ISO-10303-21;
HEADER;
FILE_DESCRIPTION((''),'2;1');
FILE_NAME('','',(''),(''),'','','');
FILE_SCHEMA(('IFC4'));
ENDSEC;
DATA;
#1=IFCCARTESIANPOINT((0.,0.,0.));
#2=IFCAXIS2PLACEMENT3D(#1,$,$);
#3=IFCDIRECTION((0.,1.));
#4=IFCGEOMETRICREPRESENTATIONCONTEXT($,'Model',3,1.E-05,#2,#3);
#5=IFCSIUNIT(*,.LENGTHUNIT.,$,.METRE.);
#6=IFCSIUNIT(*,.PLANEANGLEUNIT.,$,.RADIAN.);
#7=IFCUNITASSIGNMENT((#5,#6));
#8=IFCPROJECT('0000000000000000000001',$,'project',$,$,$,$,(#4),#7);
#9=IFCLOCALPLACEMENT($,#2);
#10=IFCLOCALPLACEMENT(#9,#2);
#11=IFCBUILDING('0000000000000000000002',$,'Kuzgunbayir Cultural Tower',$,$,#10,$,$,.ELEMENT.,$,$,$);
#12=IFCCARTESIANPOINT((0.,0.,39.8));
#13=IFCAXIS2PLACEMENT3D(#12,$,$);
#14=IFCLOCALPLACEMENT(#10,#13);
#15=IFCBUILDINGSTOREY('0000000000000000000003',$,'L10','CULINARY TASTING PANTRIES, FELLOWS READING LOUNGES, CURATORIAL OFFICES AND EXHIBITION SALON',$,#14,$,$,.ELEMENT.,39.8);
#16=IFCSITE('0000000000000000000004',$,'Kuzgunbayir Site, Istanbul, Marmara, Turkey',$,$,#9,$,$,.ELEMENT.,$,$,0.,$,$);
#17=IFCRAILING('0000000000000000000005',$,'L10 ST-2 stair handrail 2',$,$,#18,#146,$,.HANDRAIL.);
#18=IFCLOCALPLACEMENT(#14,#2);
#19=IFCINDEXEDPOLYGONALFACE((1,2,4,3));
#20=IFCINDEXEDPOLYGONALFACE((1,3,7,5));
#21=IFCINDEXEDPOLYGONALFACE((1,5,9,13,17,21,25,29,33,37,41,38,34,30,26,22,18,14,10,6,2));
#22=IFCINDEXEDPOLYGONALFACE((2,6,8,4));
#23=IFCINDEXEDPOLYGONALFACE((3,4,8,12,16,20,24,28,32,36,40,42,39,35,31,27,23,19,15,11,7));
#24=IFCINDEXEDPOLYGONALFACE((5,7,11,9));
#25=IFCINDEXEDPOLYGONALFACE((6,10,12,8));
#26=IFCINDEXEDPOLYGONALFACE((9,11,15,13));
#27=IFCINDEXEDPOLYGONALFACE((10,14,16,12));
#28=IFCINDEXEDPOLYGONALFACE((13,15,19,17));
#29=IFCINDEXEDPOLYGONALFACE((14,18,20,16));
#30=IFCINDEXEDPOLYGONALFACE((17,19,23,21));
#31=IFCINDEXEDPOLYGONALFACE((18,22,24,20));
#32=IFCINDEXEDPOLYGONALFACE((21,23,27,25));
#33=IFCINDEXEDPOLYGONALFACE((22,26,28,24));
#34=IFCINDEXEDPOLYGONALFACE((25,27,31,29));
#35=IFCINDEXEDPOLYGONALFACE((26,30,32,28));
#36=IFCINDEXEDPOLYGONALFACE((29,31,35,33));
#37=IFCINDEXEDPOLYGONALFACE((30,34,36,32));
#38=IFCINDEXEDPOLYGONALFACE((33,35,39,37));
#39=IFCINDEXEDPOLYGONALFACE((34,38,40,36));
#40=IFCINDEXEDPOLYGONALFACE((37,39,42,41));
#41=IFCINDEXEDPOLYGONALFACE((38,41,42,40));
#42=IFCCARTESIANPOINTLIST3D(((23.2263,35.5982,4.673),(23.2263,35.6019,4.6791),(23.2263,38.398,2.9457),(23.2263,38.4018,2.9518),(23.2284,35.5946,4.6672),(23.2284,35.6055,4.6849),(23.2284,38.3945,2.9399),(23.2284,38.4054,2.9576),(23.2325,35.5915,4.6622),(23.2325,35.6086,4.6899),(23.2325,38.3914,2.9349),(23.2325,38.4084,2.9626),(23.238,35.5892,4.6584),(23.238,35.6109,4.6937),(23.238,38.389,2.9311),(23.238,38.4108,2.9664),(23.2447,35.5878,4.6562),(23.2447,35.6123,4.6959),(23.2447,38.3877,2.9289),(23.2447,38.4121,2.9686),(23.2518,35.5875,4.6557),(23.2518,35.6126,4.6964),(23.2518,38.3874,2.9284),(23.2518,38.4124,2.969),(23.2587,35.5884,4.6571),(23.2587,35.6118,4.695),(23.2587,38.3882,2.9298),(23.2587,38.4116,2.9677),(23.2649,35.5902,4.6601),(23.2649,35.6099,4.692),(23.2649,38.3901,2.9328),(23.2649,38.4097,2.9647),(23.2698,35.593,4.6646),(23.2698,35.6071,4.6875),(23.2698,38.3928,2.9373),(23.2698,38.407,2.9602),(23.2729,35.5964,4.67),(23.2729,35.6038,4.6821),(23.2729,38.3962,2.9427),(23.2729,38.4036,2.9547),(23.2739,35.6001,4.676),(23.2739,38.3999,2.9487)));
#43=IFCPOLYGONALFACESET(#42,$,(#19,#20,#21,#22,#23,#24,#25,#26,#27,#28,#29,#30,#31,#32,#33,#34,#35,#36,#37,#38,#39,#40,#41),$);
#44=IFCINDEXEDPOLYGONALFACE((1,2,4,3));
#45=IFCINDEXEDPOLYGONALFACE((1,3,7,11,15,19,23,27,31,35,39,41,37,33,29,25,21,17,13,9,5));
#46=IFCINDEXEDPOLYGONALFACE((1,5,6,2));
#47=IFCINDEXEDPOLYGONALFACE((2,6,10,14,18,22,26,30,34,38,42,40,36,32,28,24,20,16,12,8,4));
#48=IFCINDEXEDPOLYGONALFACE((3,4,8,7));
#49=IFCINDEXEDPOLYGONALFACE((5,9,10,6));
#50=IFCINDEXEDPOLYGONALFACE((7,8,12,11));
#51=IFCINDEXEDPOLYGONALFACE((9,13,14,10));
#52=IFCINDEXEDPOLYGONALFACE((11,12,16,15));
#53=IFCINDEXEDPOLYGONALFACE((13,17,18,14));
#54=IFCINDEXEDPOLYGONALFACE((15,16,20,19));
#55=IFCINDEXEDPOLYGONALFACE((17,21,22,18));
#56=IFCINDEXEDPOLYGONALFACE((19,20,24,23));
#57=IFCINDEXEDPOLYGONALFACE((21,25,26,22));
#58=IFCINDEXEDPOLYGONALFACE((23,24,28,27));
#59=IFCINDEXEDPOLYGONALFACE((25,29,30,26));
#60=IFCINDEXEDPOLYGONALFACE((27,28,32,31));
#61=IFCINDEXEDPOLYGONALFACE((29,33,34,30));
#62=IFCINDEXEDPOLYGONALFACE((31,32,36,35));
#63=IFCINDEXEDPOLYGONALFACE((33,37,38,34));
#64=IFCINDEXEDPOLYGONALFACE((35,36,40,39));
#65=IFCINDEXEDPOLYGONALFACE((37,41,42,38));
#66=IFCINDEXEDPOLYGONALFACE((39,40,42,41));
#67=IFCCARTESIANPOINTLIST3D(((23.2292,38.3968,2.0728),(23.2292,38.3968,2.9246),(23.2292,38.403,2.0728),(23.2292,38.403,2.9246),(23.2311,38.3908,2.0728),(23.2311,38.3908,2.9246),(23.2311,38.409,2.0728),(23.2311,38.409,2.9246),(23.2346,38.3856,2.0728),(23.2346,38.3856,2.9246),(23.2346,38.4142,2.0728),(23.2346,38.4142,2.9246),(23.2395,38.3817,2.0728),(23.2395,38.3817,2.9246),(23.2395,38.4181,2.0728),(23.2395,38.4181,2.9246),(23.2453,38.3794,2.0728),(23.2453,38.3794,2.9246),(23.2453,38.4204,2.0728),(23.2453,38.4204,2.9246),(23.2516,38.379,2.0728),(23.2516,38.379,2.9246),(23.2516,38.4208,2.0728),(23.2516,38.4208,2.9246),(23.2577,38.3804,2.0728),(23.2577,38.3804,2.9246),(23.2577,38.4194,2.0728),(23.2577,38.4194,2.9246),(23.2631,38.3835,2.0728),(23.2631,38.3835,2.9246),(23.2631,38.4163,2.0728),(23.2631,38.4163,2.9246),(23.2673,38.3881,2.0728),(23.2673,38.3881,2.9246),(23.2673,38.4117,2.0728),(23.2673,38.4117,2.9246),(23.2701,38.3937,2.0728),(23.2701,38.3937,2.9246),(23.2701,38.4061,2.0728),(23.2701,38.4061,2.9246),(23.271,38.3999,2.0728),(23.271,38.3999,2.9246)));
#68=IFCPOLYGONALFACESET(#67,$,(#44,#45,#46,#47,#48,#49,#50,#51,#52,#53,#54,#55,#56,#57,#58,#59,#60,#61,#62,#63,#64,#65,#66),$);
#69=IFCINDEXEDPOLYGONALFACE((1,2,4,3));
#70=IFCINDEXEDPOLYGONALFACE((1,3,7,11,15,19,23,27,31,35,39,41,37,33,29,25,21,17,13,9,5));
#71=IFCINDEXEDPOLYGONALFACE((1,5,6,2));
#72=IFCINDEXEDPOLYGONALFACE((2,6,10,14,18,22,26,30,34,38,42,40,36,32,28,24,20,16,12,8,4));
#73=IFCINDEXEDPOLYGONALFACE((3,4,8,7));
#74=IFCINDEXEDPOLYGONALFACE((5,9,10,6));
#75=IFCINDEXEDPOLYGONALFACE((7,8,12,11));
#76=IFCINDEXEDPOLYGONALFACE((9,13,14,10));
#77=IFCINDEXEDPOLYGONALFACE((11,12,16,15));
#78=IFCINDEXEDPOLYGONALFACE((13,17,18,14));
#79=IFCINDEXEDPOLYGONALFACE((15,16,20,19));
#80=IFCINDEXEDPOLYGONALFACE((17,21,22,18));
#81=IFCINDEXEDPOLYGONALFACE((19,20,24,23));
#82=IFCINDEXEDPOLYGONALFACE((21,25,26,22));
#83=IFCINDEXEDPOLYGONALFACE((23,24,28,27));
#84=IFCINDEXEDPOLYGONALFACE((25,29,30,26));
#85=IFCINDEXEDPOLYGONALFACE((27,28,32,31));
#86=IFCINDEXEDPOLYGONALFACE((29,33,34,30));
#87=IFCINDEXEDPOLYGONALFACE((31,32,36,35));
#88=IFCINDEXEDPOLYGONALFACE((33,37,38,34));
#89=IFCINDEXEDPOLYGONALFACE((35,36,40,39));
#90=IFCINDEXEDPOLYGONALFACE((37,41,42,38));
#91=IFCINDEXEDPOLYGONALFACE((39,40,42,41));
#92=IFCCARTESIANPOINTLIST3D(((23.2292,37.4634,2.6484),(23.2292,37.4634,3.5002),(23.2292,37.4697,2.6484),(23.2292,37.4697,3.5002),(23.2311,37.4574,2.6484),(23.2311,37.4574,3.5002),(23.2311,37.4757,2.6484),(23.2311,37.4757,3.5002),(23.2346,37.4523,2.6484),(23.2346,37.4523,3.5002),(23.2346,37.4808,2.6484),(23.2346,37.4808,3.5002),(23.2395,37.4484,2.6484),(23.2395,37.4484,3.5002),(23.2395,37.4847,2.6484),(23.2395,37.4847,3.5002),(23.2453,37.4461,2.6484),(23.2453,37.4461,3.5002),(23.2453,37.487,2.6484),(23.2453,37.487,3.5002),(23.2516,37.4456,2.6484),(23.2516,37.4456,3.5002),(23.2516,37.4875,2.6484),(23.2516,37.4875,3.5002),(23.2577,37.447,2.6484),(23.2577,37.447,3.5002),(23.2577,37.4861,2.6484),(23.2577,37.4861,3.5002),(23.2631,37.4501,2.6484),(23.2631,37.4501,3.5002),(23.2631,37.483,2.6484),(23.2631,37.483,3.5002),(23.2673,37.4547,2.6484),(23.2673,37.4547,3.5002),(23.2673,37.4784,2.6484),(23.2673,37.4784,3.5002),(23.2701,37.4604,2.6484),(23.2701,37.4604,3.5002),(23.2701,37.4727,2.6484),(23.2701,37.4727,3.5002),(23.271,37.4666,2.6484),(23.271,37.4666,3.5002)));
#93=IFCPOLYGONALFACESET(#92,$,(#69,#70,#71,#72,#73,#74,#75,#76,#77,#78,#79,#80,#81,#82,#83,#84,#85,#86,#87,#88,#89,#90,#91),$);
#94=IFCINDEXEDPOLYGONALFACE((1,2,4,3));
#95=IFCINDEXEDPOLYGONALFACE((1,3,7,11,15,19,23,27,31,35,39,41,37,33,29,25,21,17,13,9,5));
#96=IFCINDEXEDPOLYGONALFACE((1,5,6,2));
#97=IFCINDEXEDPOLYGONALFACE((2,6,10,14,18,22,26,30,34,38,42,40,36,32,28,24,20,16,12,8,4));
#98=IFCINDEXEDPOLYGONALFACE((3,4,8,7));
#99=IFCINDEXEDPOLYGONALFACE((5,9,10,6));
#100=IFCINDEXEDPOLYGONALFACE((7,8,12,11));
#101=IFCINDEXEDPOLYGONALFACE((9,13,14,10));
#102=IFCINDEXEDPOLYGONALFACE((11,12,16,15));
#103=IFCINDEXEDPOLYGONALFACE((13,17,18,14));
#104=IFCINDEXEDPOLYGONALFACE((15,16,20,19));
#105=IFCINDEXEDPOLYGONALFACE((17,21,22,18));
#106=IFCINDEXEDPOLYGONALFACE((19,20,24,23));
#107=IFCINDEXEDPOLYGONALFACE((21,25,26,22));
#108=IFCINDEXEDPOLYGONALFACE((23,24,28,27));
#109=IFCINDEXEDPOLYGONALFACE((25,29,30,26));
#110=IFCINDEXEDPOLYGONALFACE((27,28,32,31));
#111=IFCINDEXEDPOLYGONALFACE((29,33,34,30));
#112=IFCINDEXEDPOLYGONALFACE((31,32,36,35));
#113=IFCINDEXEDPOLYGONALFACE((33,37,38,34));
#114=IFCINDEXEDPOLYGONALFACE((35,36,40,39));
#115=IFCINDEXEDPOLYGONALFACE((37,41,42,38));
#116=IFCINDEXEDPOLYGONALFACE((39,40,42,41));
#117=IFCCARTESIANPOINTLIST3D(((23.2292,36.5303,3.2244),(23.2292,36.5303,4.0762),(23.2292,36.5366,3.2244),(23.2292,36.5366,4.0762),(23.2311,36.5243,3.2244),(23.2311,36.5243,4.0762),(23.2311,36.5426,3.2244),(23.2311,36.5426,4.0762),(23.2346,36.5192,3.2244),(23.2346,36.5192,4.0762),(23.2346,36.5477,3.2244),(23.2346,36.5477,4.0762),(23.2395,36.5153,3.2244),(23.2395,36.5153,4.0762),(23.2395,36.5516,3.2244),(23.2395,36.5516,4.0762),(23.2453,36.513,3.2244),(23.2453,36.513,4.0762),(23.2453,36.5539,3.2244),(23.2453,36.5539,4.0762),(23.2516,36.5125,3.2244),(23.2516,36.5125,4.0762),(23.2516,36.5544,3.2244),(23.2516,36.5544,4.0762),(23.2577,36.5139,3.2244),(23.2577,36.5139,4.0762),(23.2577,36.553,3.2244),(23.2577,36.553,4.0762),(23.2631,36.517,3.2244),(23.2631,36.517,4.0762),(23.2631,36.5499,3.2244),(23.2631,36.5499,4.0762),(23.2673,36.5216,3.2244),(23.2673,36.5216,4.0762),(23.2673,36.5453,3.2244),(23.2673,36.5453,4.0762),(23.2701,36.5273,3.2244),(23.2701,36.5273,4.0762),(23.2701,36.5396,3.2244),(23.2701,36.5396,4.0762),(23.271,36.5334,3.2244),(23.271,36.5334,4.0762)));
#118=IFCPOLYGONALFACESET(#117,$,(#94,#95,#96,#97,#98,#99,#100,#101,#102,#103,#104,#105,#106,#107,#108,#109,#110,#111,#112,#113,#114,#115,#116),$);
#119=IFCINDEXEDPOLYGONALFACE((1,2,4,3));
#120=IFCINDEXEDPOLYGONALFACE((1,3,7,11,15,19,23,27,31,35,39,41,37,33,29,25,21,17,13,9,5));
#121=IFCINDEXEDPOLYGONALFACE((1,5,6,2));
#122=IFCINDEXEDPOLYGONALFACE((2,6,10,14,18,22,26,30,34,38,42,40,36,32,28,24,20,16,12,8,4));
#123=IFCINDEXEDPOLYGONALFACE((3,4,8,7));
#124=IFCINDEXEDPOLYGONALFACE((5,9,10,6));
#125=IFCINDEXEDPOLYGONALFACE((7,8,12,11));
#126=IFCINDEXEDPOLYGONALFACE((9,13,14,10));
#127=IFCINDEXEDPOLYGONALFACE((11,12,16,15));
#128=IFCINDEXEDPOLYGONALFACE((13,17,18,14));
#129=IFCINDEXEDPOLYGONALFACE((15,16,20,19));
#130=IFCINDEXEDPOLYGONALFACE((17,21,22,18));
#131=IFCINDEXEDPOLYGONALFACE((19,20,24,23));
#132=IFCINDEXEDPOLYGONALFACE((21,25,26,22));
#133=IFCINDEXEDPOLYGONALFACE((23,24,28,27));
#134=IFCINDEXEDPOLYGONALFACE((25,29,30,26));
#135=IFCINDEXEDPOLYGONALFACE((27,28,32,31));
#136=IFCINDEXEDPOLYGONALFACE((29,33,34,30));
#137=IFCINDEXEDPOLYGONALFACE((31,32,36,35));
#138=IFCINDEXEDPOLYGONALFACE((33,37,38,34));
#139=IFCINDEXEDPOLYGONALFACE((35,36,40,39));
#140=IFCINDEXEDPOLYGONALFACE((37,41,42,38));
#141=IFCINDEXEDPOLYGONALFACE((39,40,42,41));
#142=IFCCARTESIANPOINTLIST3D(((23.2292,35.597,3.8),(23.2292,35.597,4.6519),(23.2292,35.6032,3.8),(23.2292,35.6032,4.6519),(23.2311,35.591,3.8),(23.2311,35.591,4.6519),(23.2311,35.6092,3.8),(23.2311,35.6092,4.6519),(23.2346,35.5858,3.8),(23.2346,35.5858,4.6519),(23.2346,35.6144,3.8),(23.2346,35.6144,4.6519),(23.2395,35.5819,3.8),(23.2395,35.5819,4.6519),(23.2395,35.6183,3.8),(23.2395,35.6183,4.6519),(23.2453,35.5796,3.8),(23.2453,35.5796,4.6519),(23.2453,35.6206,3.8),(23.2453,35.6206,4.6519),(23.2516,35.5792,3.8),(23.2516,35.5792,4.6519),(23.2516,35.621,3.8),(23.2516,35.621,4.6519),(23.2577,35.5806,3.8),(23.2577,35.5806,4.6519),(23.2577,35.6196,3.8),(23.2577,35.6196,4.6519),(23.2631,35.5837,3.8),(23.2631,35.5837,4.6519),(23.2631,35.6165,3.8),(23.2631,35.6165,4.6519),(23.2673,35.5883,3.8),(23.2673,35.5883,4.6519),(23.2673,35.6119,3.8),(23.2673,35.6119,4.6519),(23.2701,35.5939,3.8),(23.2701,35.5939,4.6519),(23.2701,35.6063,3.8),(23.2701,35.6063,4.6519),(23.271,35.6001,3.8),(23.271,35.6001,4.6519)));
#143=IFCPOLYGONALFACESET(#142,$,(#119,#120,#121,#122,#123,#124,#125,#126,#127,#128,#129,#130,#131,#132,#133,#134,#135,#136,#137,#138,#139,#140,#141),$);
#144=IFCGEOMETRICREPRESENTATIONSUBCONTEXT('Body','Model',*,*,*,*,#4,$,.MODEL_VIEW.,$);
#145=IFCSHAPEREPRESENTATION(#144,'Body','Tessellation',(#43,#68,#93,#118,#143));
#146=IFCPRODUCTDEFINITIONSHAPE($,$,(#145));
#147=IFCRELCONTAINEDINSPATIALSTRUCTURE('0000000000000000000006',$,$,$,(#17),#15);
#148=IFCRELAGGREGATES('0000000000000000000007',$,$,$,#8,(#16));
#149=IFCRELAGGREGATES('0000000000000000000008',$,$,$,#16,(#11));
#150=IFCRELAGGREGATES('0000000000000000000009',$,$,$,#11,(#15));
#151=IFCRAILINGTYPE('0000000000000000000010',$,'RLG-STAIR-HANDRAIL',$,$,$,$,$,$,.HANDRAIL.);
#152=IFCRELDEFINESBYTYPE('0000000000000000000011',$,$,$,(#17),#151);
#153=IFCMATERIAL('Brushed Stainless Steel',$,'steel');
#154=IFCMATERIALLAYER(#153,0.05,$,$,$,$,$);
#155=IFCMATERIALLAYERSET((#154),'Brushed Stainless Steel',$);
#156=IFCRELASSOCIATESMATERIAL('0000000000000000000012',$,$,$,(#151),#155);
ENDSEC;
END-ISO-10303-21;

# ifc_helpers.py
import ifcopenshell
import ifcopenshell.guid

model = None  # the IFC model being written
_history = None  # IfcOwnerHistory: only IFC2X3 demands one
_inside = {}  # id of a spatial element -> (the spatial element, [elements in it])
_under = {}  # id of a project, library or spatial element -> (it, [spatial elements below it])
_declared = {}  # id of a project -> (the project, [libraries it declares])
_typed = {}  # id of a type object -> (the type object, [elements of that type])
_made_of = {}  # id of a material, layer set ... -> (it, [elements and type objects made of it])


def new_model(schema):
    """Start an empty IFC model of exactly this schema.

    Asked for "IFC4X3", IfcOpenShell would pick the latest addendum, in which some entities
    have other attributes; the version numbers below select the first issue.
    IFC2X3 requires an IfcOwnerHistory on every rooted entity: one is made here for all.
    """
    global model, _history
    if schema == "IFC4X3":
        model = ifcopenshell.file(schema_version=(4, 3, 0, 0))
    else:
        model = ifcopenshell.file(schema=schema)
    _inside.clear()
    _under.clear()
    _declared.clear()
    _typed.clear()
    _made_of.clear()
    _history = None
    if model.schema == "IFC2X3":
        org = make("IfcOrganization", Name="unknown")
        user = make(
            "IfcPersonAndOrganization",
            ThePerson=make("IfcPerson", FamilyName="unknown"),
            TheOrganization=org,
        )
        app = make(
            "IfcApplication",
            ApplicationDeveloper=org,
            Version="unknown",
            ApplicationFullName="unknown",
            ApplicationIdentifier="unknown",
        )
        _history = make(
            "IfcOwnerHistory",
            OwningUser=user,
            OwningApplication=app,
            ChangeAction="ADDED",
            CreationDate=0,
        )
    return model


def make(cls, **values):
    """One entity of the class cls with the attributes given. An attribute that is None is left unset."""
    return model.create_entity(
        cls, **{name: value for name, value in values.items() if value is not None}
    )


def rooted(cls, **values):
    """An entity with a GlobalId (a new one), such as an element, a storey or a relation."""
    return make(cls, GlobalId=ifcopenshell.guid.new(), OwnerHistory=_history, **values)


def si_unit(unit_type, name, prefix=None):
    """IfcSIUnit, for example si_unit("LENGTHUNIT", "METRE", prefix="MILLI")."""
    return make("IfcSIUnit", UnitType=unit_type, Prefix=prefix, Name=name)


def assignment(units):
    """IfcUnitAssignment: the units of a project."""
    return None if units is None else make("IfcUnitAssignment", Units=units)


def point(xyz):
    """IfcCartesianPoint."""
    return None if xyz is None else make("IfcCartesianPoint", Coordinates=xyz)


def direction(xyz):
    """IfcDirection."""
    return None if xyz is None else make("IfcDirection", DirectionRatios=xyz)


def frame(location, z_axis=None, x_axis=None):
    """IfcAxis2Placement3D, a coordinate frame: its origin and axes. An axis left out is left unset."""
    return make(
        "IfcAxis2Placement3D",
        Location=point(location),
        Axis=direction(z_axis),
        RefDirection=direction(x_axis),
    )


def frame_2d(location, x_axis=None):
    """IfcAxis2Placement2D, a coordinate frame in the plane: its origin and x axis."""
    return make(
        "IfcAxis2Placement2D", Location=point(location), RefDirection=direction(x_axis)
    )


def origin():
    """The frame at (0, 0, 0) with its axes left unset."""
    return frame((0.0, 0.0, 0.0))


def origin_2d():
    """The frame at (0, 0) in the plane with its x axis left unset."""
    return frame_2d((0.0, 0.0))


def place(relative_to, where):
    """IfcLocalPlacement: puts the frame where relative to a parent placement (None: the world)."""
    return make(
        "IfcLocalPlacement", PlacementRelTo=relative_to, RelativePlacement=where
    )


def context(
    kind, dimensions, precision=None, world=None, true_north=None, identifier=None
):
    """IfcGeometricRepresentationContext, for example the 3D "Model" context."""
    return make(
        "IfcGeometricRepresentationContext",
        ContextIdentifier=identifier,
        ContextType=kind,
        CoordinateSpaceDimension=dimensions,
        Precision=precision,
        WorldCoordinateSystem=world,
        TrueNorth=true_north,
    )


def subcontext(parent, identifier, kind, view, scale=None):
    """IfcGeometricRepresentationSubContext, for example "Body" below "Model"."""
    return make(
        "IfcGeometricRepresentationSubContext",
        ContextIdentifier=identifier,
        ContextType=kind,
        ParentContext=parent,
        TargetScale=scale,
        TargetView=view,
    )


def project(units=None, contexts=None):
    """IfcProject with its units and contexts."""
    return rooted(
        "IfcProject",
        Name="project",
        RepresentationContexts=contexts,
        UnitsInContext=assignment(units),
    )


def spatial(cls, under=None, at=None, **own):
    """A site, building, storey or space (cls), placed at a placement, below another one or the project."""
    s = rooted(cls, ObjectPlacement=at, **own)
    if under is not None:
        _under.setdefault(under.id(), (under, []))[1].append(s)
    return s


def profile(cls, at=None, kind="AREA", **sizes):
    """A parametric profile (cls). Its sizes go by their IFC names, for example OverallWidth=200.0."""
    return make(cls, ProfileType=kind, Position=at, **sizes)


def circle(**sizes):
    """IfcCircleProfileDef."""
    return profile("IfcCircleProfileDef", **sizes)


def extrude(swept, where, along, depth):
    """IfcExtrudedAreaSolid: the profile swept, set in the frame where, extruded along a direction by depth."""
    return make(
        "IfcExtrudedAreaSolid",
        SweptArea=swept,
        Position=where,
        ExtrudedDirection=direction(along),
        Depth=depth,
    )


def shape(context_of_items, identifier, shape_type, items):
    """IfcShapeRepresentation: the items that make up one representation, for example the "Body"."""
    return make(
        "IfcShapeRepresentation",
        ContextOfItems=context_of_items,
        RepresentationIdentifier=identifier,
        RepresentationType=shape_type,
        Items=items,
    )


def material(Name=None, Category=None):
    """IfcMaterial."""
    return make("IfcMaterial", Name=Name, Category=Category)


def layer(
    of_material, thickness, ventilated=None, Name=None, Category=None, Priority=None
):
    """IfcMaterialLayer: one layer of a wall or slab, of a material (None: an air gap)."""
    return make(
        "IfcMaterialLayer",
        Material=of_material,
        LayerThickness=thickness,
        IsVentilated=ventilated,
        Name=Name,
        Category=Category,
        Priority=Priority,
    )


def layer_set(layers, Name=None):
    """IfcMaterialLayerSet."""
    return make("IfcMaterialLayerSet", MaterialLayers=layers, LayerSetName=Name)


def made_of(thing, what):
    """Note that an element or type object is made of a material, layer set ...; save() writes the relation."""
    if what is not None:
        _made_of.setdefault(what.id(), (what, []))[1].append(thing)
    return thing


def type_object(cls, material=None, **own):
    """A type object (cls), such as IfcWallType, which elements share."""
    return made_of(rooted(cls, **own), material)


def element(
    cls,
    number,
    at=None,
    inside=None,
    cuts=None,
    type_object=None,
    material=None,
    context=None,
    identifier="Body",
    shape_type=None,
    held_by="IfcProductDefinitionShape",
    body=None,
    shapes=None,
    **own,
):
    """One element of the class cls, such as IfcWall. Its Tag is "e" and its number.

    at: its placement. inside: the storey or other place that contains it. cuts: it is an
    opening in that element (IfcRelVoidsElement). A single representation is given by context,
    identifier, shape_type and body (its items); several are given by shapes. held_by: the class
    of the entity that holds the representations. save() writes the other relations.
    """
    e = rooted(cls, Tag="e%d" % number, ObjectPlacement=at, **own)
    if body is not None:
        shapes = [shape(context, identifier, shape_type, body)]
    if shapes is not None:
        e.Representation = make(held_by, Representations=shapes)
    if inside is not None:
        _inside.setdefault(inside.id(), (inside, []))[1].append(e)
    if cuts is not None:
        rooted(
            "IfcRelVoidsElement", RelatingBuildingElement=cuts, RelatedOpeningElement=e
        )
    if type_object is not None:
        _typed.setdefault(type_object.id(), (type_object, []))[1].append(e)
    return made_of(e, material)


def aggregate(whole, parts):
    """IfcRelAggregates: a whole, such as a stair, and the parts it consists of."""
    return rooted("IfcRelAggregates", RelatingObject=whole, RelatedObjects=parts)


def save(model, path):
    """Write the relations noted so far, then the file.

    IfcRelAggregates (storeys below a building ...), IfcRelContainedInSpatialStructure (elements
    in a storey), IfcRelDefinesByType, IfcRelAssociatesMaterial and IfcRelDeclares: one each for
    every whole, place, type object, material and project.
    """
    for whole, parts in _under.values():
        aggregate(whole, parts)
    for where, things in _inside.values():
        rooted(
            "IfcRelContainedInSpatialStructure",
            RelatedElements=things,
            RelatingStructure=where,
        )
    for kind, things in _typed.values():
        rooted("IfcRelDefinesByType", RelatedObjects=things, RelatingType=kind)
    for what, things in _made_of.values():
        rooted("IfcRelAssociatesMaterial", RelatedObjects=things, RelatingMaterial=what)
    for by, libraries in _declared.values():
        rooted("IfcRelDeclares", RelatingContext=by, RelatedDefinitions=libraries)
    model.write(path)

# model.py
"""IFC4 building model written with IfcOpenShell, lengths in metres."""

from ifc_helpers import new_model, si_unit, direction, frame, origin, origin_2d, place, context, subcontext, project, spatial, circle, extrude, material, layer, layer_set, type_object, element, save


model = new_model("IFC4")

# Units and contexts
model_context = context("Model", 3, precision=1e-05, world=origin(), true_north=direction((0.0, 1.0)))
body_context = subcontext(model_context, "Body", "Model", "MODEL_VIEW")
ifc_project = project(units=[si_unit("LENGTHUNIT", "METRE"), si_unit("PLANEANGLEUNIT", "RADIAN")], contexts=[model_context])

# Site, building, storey
site_placement = place(None, origin())
site = spatial("IfcSite", under=ifc_project, at=site_placement, Name="Kuzgunbayir Site, Istanbul, Marmara, Turkey", CompositionType="ELEMENT", RefElevation=0.0)
building_placement = place(site_placement, origin())
building = spatial("IfcBuilding", under=site, at=building_placement, Name="Kuzgunbayir Cultural Tower", CompositionType="ELEMENT")
storey_placement = place(building_placement, frame((0.0, 0.0, 39.8)))
storey = spatial("IfcBuildingStorey", under=building, at=storey_placement, Name="L10", Description="CULINARY TASTING PANTRIES, FELLOWS READING LOUNGES, CURATORIAL OFFICES AND EXHIBITION SALON", CompositionType="ELEMENT", Elevation=39.8)

# Shared definitions
ifc_material_1 = material(Name="Brushed Stainless Steel", Category="steel")

# Railing
ifc_layer_1 = layer(ifc_material_1, 0.05)
ifc_layer_set_1 = layer_set([ifc_layer_1], Name="Brushed Stainless Steel")
railing_type = type_object("IfcRailingType", Name="RLG-STAIR-HANDRAIL", PredefinedType="HANDRAIL", material=ifc_layer_set_1)
railing_placement = place(storey_placement, frame((23.25, 38.3999, 2.0728)))
element("IfcRailing", 1, at=railing_placement, inside=storey, type_object=railing_type, Name="L10 ST-2 stair handrail 2", PredefinedType="HANDRAIL", context=body_context, shape_type="SweptSolid", body=[
    extrude(circle(Radius=0.0239, at=origin_2d()), frame((0.0, 0.0, 0.876), z_axis=(0.0, -0.851069, 0.525054), x_axis=(1.0, 0.0, 0.0)), (0.0, 0.0, 1.0), 3.2898),
    extrude(circle(Radius=0.021, at=origin_2d()), origin(), (0.0, 0.0, 1.0), 0.8518),
    extrude(circle(Radius=0.021, at=origin_2d()), frame((0.0, -0.9333, 0.5757)), (0.0, 0.0, 1.0), 0.8518),
    extrude(circle(Radius=0.021, at=origin_2d()), frame((0.0, -1.8665, 1.1516)), (0.0, 0.0, 1.0), 0.8518),
    extrude(circle(Radius=0.021, at=origin_2d()), frame((0.0, -2.7998, 1.7273)), (0.0, 0.0, 1.0), 0.8518),
])

save(model, "model.ifc")
